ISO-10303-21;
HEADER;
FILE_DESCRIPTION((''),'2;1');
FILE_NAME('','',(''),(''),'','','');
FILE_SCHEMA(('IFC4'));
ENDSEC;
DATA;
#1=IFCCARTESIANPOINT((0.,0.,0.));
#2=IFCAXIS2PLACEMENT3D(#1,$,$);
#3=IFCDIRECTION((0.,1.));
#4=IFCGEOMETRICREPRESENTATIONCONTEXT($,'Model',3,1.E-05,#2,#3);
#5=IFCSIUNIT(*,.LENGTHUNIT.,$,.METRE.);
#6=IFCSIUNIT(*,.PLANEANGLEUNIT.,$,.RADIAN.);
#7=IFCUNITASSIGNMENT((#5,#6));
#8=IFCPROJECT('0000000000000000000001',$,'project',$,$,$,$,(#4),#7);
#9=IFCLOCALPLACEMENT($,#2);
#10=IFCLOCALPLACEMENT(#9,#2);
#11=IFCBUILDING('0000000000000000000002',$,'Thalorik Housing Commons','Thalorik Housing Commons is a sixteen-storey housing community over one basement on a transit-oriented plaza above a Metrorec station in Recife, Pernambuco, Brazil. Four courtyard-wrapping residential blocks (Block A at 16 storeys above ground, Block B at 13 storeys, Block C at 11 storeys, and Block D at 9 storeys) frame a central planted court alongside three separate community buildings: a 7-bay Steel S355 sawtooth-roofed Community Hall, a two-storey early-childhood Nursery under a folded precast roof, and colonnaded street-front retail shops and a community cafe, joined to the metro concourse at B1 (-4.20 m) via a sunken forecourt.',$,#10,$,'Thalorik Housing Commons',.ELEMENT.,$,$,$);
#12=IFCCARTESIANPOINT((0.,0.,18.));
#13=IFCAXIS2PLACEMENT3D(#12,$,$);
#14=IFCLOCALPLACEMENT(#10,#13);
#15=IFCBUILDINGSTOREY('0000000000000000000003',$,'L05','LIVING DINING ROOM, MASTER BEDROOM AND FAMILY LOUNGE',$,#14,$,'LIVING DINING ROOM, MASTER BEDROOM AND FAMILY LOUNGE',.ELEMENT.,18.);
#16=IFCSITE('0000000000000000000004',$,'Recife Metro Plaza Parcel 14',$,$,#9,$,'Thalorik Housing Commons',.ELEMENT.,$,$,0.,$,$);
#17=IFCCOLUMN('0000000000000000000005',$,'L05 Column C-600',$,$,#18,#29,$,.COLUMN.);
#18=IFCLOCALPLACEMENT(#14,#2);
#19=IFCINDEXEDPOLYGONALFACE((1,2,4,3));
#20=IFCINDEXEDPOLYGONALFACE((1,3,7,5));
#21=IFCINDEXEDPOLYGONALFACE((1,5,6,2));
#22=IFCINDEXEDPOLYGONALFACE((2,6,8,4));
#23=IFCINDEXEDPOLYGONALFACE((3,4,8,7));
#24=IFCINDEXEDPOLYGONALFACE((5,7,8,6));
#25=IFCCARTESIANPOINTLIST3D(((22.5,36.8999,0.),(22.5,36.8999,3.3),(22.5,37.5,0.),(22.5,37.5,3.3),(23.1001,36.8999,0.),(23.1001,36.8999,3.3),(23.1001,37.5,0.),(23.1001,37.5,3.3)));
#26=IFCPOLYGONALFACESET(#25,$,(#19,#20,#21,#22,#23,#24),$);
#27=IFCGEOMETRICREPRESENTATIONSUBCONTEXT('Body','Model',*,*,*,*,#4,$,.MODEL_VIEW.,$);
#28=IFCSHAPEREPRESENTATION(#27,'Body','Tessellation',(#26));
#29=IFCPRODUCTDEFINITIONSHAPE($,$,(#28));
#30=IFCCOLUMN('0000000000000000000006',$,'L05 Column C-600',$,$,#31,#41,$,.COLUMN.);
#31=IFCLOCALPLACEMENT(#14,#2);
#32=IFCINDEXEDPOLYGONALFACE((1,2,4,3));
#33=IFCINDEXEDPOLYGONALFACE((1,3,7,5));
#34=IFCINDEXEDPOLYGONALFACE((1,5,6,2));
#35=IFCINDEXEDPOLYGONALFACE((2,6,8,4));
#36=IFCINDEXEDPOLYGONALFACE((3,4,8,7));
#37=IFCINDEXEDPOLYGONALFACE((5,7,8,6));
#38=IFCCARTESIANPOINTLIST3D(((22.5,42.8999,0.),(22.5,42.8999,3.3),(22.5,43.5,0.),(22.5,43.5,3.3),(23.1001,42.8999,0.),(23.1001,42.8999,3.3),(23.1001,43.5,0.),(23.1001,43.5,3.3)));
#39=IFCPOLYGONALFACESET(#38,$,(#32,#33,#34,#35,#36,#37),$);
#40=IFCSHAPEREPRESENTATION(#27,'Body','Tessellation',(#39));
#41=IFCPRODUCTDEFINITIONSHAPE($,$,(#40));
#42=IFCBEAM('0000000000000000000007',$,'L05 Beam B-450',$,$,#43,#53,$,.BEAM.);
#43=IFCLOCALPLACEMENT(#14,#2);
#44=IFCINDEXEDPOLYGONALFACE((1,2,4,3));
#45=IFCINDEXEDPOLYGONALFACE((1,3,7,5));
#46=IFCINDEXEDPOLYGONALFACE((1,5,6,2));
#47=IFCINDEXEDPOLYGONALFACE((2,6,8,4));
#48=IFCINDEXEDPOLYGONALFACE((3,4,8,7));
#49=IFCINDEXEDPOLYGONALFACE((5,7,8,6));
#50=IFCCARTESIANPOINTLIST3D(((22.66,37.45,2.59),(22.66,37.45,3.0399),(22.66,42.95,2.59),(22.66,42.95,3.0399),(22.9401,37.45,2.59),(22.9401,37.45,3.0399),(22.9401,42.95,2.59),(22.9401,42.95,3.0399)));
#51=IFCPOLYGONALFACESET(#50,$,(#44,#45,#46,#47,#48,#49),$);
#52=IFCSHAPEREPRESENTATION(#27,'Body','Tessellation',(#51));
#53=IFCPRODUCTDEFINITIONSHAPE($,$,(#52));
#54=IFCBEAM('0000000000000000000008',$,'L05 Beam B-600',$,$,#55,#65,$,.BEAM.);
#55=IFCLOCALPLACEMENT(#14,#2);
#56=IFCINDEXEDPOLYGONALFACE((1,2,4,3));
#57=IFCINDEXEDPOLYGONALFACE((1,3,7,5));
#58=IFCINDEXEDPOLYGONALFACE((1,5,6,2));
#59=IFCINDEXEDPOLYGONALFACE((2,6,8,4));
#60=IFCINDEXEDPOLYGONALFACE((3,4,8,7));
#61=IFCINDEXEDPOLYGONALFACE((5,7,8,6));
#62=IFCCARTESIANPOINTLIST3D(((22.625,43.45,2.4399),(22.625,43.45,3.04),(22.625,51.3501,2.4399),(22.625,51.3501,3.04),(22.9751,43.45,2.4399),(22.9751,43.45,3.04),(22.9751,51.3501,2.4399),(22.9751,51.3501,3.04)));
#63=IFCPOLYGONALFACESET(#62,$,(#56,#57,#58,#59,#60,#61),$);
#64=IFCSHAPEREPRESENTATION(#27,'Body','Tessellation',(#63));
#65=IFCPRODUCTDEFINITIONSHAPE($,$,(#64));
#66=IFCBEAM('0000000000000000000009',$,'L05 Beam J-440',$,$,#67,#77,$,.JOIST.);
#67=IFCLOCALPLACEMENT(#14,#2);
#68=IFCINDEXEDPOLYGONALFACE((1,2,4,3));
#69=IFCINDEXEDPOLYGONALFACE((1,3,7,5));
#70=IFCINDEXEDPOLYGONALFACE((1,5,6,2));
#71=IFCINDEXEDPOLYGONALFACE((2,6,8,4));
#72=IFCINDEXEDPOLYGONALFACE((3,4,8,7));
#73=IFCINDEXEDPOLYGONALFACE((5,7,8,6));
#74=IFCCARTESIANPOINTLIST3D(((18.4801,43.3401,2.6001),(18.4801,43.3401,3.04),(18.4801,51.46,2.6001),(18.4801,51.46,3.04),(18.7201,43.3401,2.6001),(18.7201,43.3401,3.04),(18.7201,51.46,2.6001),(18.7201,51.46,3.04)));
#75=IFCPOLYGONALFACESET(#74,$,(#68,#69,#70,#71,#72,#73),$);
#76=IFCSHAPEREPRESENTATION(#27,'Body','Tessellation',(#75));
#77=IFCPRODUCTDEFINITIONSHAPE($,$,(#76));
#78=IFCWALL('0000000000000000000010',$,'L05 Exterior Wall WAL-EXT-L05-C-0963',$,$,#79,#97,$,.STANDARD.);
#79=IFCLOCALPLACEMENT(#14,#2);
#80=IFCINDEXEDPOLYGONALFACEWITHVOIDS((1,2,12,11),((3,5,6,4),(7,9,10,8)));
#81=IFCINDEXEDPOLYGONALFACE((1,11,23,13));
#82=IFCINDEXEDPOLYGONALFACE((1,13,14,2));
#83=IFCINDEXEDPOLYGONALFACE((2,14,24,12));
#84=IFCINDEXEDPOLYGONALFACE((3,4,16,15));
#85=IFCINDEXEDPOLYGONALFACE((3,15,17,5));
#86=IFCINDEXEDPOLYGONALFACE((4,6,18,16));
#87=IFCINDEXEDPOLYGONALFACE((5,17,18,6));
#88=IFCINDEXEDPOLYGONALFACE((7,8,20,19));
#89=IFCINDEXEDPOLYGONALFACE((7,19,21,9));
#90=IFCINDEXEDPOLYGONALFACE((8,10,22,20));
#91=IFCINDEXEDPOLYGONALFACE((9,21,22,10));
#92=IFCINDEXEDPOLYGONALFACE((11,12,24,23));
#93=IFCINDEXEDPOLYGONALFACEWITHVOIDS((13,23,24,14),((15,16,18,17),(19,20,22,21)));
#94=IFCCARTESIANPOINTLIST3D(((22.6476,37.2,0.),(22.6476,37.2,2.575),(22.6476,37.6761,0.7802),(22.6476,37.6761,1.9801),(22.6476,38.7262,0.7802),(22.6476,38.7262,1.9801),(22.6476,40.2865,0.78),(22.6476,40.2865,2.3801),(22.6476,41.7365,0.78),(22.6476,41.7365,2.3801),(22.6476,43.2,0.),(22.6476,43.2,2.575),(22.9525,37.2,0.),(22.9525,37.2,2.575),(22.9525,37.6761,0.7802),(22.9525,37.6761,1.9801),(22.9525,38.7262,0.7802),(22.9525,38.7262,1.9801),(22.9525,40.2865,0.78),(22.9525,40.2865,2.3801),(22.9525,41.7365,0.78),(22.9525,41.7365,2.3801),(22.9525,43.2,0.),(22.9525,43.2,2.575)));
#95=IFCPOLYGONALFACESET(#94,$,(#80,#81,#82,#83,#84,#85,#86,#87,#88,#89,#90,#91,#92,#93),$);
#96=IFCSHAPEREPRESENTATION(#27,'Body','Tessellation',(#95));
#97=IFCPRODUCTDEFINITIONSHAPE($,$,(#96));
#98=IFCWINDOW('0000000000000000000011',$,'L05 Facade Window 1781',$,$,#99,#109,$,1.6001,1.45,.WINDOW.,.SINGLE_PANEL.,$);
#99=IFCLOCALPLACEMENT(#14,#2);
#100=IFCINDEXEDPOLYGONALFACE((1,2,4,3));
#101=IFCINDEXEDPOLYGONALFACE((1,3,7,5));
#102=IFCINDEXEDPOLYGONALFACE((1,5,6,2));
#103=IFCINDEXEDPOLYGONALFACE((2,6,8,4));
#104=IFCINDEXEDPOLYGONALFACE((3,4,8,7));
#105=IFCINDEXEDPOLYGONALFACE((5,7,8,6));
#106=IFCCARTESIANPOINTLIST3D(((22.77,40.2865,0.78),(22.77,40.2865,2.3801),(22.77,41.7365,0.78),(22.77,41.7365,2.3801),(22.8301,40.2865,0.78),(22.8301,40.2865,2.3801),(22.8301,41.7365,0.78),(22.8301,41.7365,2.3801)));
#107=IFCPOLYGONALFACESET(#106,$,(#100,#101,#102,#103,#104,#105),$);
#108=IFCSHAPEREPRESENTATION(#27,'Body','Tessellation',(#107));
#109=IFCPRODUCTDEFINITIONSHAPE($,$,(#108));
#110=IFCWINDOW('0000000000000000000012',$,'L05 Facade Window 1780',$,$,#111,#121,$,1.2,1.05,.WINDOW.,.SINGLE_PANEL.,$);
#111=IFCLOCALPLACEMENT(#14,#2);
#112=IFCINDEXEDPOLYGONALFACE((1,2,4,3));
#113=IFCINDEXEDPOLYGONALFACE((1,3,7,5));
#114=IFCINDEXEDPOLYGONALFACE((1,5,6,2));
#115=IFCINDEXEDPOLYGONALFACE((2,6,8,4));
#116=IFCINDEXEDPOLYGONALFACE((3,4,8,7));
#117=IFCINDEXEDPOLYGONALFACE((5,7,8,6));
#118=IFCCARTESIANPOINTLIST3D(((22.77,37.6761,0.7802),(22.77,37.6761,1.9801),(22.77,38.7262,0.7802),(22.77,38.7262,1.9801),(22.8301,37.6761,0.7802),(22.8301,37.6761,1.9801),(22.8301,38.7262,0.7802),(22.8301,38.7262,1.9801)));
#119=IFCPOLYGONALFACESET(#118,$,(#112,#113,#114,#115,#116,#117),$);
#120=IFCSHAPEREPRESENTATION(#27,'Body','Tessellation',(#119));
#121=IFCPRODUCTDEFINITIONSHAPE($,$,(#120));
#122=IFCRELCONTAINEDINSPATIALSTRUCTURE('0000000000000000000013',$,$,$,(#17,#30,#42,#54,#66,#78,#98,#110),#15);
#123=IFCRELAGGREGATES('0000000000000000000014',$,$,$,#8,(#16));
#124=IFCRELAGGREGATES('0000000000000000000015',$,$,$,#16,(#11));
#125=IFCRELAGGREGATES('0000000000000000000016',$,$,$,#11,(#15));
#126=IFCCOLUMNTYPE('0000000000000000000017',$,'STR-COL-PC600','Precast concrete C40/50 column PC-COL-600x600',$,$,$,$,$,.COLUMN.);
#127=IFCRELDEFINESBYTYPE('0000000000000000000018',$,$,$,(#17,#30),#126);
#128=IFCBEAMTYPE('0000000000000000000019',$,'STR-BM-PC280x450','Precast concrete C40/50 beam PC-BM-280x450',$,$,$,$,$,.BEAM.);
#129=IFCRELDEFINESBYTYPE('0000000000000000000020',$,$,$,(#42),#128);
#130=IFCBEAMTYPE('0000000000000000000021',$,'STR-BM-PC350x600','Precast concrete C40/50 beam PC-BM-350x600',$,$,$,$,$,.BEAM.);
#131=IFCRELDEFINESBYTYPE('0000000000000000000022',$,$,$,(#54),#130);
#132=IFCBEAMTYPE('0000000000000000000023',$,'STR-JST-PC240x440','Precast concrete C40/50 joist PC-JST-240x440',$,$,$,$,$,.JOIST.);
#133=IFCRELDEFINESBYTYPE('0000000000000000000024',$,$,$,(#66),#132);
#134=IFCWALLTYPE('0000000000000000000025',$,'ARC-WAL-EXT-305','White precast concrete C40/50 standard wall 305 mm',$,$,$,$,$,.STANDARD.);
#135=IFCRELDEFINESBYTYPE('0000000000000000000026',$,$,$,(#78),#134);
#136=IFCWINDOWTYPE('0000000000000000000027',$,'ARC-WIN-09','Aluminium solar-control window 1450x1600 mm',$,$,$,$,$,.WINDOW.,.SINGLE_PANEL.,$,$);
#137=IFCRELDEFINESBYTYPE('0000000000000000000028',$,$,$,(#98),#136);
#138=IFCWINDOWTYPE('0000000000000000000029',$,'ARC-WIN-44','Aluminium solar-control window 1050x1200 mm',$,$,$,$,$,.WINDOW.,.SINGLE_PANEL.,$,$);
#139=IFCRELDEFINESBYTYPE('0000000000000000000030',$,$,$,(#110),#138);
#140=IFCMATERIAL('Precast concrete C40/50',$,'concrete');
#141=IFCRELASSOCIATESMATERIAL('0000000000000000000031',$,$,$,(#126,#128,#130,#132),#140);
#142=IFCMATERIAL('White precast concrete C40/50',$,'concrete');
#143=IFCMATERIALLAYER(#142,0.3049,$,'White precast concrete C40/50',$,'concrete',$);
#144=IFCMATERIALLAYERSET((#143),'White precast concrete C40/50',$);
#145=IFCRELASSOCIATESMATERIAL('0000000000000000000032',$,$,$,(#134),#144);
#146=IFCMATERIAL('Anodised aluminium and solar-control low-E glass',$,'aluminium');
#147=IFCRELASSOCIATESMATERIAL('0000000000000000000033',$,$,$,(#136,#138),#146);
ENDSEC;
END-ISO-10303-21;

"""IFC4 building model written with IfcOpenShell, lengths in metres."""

from ifc_helpers import new_model, si_unit, direction, frame, frame_2d, origin, origin_2d, place, context, subcontext, project, spatial, rectangle, extrude, material, layer, layer_set, material_profile, profile_set, type_object, element, fill, save


model = new_model("IFC4")

# Units and contexts
model_context = context("Model", 3, precision=1e-05, world=origin(), true_north=direction((0.0, 1.0)))
body_context = subcontext(model_context, "Body", "Model", "MODEL_VIEW")
ifc_project = project(units=[si_unit("LENGTHUNIT", "METRE"), si_unit("PLANEANGLEUNIT", "RADIAN")], contexts=[model_context])

# Site, building, storey
site_placement = place(None, origin())
site = spatial("IfcSite", under=ifc_project, at=site_placement, Name="Recife Metro Plaza Parcel 14", LongName="Thalorik Housing Commons", CompositionType="ELEMENT", RefElevation=0.0)
building_placement = place(site_placement, origin())
building = spatial("IfcBuilding", under=site, at=building_placement, Name="Thalorik Housing Commons", Description="Thalorik Housing Commons is a sixteen-storey housing community over one basement on a transit-oriented plaza above a Metrorec station in Recife, Pernambuco, Brazil. Four courtyard-wrapping residential blocks (Block A at 16 storeys above ground, Block B at 13 storeys, Block C at 11 storeys, and Block D at 9 storeys) frame a central planted court alongside three separate community buildings: a 7-bay Steel S355 sawtooth-roofed Community Hall, a two-storey early-childhood Nursery under a folded precast roof, and colonnaded street-front retail shops and a community cafe, joined to the metro concourse at B1 (-4.20 m) via a sunken forecourt.", LongName="Thalorik Housing Commons", CompositionType="ELEMENT")
storey_placement = place(building_placement, frame((0.0, 0.0, 18.0)))
storey = spatial("IfcBuildingStorey", under=building, at=storey_placement, Name="L05", Description="LIVING DINING ROOM, MASTER BEDROOM AND FAMILY LOUNGE", LongName="LIVING DINING ROOM, MASTER BEDROOM AND FAMILY LOUNGE", CompositionType="ELEMENT", Elevation=18.0)

# Columns
ifc_material_1 = material(Name="Precast concrete C40/50", Category="concrete")
ifc_material_profile_1 = material_profile(ifc_material_1, rectangle(XDim=0.6001, YDim=0.6001, at=origin_2d()), Name="PC 600x600", Category="concrete")
ifc_profile_set_1 = profile_set([ifc_material_profile_1], Name="Precast concrete C40/50")
column_type = type_object("IfcColumnType", Name="STR-COL-PC600", Description="Precast concrete C40/50 column PC-COL-600x600", PredefinedType="COLUMN", material=ifc_profile_set_1)
for number, where, z_axis, x_axis, name in (
    (1, (22.8, 37.2, 0.0), (0.0, 0.0, 1.0), (1.0, 0.0, 0.0), "L05 Column C-600"),
    (2, (22.8, 43.2, 0.0), (0.0, 0.0, 1.0), (1.0, 0.0, 0.0), "L05 Column C-600"),
):
    element("IfcColumn", number, at=place(storey_placement, frame(where, z_axis=z_axis, x_axis=x_axis)), inside=storey, type_object=column_type, Name=name, PredefinedType="COLUMN", context=body_context, shape_type="SweptSolid", body=[
        extrude(rectangle(XDim=0.6001, YDim=0.6001, at=origin_2d()), origin(), (0.0, 0.0, 1.0), 3.3),
    ])

# Beams
ifc_material_profile_2 = material_profile(ifc_material_1, rectangle(XDim=0.28, YDim=0.45, at=origin_2d()), Name="PC 280x450", Category="concrete")
ifc_profile_set_2 = profile_set([ifc_material_profile_2], Name="Precast concrete C40/50")
beam_type_1 = type_object("IfcBeamType", Name="STR-BM-PC280x450", Description="Precast concrete C40/50 beam PC-BM-280x450", PredefinedType="BEAM", material=ifc_profile_set_2)
beam_1_placement = place(storey_placement, frame((22.8, 37.45, 2.8149), z_axis=(0.0, 1.0, 0.0), x_axis=(-1.0, 0.0, 0.0)))
element("IfcBeam", 3, at=beam_1_placement, inside=storey, type_object=beam_type_1, Name="L05 Beam B-450", PredefinedType="BEAM", context=body_context, shape_type="SweptSolid", body=[
    extrude(rectangle(XDim=0.28, YDim=0.45, at=origin_2d()), origin(), (0.0, 0.0, 1.0), 5.5),
])
ifc_material_profile_3 = material_profile(ifc_material_1, rectangle(XDim=0.3501, YDim=0.6001, at=origin_2d()), Name="PC 350x600", Category="concrete")
ifc_profile_set_3 = profile_set([ifc_material_profile_3], Name="Precast concrete C40/50")
beam_type_2 = type_object("IfcBeamType", Name="STR-BM-PC350x600", Description="Precast concrete C40/50 beam PC-BM-350x600", PredefinedType="BEAM", material=ifc_profile_set_3)
beam_2_placement = place(storey_placement, frame((22.8, 43.45, 2.74), z_axis=(0.0, 1.0, 0.0), x_axis=(-1.0, 0.0, 0.0)))
element("IfcBeam", 4, at=beam_2_placement, inside=storey, type_object=beam_type_2, Name="L05 Beam B-600", PredefinedType="BEAM", context=body_context, shape_type="SweptSolid", body=[
    extrude(rectangle(XDim=0.3501, YDim=0.6001, at=origin_2d()), origin(), (0.0, 0.0, 1.0), 7.9001),
])
ifc_material_profile_4 = material_profile(ifc_material_1, rectangle(XDim=0.24, YDim=0.4399, at=origin_2d()), Name="PC JST 240x440", Category="concrete")
ifc_profile_set_4 = profile_set([ifc_material_profile_4], Name="Precast concrete C40/50")
beam_type_3 = type_object("IfcBeamType", Name="STR-JST-PC240x440", Description="Precast concrete C40/50 joist PC-JST-240x440", PredefinedType="JOIST", material=ifc_profile_set_4)
beam_3_placement = place(storey_placement, frame((18.6001, 43.3401, 2.8201), z_axis=(0.0, 1.0, 0.0), x_axis=(-1.0, 0.0, 0.0)))
element("IfcBeam", 5, at=beam_3_placement, inside=storey, type_object=beam_type_3, Name="L05 Beam J-440", PredefinedType="JOIST", context=body_context, shape_type="SweptSolid", body=[
    extrude(rectangle(XDim=0.24, YDim=0.4399, at=origin_2d()), origin(), (0.0, 0.0, 1.0), 8.1199),
])

# Wall, openings, windows
ifc_material_2 = material(Name="White precast concrete C40/50", Category="concrete")
ifc_layer_1 = layer(ifc_material_2, 0.3049, Name="White precast concrete C40/50", Category="concrete")
ifc_layer_set_1 = layer_set([ifc_layer_1], Name="White precast concrete C40/50")
wall_type_1 = type_object("IfcWallType", Name="ARC-WAL-EXT-305", Description="White precast concrete C40/50 standard wall 305 mm", PredefinedType="STANDARD", material=ifc_layer_set_1)
wall_1_placement = place(storey_placement, frame((22.8, 37.2, 0.0), z_axis=(0.0, 0.0, 1.0), x_axis=(0.0, 1.0, 0.0)))
wall_1 = element("IfcWall", 6, at=wall_1_placement, inside=storey, type_object=wall_type_1, Name="L05 Exterior Wall WAL-EXT-L05-C-0963", PredefinedType="STANDARD", context=body_context, shape_type="SweptSolid", body=[
    extrude(rectangle(XDim=6.0, YDim=0.3049, at=frame_2d((3.0, 0.0))), origin(), (0.0, 0.0, 1.0), 2.575),
])
opening_1_placement = place(wall_1_placement, frame((0.4763, 0.0, 0.78)))
opening_1 = element("IfcOpeningElement", 7, at=opening_1_placement, cuts=wall_1, PredefinedType="OPENING", context=body_context, shape_type="SweptSolid", body=[
    extrude(rectangle(XDim=1.05, YDim=1.2, at=frame_2d((0.5249, 0.6001))), frame((0.0, 0.1626, 0.0), z_axis=(0.0, -1.0, 0.0), x_axis=(1.0, 0.0, 0.0)), (0.0, 0.0, 1.0), 0.325),
])
opening_2_placement = place(wall_1_placement, frame((3.0864, 0.0, 0.78)))
opening_2 = element("IfcOpeningElement", 8, at=opening_2_placement, cuts=wall_1, PredefinedType="OPENING", context=body_context, shape_type="SweptSolid", body=[
    extrude(rectangle(XDim=1.45, YDim=1.6001, at=frame_2d((0.7251, 0.8))), frame((0.0, 0.1626, 0.0), z_axis=(0.0, -1.0, 0.0), x_axis=(1.0, 0.0, 0.0)), (0.0, 0.0, 1.0), 0.325),
])
ifc_material_3 = material(Name="Anodised aluminium and solar-control low-E glass", Category="aluminium")
window_type_1 = type_object("IfcWindowType", Name="ARC-WIN-09", Description="Aluminium solar-control window 1450x1600 mm", PartitioningType="SINGLE_PANEL", PredefinedType="WINDOW", material=ifc_material_3)
window_1_placement = place(opening_2_placement, origin())
window_1 = element("IfcWindow", 9, at=window_1_placement, inside=storey, type_object=window_type_1, Name="L05 Facade Window 1781", OverallHeight=1.6001, OverallWidth=1.45, PartitioningType="SINGLE_PANEL", PredefinedType="WINDOW", context=body_context, shape_type="SweptSolid", body=[
    extrude(rectangle(XDim=1.45, YDim=1.6001, at=frame_2d((0.7251, 0.8))), frame((0.0, 0.03, 0.0), z_axis=(0.0, -1.0, 0.0), x_axis=(1.0, 0.0, 0.0)), (0.0, 0.0, 1.0), 0.0601),
])
fill(opening_2, window_1)
window_type_2 = type_object("IfcWindowType", Name="ARC-WIN-44", Description="Aluminium solar-control window 1050x1200 mm", PartitioningType="SINGLE_PANEL", PredefinedType="WINDOW", material=ifc_material_3)
window_2_placement = place(opening_1_placement, origin())
window_2 = element("IfcWindow", 10, at=window_2_placement, inside=storey, type_object=window_type_2, Name="L05 Facade Window 1780", OverallHeight=1.2, OverallWidth=1.05, PartitioningType="SINGLE_PANEL", PredefinedType="WINDOW", context=body_context, shape_type="SweptSolid", body=[
    extrude(rectangle(XDim=1.05, YDim=1.2, at=frame_2d((0.5249, 0.6001))), frame((0.0, 0.03, 0.0), z_axis=(0.0, -1.0, 0.0), x_axis=(1.0, 0.0, 0.0)), (0.0, 0.0, 1.0), 0.0601),
])
fill(opening_1, window_2)

save(model, "model.ifc")
